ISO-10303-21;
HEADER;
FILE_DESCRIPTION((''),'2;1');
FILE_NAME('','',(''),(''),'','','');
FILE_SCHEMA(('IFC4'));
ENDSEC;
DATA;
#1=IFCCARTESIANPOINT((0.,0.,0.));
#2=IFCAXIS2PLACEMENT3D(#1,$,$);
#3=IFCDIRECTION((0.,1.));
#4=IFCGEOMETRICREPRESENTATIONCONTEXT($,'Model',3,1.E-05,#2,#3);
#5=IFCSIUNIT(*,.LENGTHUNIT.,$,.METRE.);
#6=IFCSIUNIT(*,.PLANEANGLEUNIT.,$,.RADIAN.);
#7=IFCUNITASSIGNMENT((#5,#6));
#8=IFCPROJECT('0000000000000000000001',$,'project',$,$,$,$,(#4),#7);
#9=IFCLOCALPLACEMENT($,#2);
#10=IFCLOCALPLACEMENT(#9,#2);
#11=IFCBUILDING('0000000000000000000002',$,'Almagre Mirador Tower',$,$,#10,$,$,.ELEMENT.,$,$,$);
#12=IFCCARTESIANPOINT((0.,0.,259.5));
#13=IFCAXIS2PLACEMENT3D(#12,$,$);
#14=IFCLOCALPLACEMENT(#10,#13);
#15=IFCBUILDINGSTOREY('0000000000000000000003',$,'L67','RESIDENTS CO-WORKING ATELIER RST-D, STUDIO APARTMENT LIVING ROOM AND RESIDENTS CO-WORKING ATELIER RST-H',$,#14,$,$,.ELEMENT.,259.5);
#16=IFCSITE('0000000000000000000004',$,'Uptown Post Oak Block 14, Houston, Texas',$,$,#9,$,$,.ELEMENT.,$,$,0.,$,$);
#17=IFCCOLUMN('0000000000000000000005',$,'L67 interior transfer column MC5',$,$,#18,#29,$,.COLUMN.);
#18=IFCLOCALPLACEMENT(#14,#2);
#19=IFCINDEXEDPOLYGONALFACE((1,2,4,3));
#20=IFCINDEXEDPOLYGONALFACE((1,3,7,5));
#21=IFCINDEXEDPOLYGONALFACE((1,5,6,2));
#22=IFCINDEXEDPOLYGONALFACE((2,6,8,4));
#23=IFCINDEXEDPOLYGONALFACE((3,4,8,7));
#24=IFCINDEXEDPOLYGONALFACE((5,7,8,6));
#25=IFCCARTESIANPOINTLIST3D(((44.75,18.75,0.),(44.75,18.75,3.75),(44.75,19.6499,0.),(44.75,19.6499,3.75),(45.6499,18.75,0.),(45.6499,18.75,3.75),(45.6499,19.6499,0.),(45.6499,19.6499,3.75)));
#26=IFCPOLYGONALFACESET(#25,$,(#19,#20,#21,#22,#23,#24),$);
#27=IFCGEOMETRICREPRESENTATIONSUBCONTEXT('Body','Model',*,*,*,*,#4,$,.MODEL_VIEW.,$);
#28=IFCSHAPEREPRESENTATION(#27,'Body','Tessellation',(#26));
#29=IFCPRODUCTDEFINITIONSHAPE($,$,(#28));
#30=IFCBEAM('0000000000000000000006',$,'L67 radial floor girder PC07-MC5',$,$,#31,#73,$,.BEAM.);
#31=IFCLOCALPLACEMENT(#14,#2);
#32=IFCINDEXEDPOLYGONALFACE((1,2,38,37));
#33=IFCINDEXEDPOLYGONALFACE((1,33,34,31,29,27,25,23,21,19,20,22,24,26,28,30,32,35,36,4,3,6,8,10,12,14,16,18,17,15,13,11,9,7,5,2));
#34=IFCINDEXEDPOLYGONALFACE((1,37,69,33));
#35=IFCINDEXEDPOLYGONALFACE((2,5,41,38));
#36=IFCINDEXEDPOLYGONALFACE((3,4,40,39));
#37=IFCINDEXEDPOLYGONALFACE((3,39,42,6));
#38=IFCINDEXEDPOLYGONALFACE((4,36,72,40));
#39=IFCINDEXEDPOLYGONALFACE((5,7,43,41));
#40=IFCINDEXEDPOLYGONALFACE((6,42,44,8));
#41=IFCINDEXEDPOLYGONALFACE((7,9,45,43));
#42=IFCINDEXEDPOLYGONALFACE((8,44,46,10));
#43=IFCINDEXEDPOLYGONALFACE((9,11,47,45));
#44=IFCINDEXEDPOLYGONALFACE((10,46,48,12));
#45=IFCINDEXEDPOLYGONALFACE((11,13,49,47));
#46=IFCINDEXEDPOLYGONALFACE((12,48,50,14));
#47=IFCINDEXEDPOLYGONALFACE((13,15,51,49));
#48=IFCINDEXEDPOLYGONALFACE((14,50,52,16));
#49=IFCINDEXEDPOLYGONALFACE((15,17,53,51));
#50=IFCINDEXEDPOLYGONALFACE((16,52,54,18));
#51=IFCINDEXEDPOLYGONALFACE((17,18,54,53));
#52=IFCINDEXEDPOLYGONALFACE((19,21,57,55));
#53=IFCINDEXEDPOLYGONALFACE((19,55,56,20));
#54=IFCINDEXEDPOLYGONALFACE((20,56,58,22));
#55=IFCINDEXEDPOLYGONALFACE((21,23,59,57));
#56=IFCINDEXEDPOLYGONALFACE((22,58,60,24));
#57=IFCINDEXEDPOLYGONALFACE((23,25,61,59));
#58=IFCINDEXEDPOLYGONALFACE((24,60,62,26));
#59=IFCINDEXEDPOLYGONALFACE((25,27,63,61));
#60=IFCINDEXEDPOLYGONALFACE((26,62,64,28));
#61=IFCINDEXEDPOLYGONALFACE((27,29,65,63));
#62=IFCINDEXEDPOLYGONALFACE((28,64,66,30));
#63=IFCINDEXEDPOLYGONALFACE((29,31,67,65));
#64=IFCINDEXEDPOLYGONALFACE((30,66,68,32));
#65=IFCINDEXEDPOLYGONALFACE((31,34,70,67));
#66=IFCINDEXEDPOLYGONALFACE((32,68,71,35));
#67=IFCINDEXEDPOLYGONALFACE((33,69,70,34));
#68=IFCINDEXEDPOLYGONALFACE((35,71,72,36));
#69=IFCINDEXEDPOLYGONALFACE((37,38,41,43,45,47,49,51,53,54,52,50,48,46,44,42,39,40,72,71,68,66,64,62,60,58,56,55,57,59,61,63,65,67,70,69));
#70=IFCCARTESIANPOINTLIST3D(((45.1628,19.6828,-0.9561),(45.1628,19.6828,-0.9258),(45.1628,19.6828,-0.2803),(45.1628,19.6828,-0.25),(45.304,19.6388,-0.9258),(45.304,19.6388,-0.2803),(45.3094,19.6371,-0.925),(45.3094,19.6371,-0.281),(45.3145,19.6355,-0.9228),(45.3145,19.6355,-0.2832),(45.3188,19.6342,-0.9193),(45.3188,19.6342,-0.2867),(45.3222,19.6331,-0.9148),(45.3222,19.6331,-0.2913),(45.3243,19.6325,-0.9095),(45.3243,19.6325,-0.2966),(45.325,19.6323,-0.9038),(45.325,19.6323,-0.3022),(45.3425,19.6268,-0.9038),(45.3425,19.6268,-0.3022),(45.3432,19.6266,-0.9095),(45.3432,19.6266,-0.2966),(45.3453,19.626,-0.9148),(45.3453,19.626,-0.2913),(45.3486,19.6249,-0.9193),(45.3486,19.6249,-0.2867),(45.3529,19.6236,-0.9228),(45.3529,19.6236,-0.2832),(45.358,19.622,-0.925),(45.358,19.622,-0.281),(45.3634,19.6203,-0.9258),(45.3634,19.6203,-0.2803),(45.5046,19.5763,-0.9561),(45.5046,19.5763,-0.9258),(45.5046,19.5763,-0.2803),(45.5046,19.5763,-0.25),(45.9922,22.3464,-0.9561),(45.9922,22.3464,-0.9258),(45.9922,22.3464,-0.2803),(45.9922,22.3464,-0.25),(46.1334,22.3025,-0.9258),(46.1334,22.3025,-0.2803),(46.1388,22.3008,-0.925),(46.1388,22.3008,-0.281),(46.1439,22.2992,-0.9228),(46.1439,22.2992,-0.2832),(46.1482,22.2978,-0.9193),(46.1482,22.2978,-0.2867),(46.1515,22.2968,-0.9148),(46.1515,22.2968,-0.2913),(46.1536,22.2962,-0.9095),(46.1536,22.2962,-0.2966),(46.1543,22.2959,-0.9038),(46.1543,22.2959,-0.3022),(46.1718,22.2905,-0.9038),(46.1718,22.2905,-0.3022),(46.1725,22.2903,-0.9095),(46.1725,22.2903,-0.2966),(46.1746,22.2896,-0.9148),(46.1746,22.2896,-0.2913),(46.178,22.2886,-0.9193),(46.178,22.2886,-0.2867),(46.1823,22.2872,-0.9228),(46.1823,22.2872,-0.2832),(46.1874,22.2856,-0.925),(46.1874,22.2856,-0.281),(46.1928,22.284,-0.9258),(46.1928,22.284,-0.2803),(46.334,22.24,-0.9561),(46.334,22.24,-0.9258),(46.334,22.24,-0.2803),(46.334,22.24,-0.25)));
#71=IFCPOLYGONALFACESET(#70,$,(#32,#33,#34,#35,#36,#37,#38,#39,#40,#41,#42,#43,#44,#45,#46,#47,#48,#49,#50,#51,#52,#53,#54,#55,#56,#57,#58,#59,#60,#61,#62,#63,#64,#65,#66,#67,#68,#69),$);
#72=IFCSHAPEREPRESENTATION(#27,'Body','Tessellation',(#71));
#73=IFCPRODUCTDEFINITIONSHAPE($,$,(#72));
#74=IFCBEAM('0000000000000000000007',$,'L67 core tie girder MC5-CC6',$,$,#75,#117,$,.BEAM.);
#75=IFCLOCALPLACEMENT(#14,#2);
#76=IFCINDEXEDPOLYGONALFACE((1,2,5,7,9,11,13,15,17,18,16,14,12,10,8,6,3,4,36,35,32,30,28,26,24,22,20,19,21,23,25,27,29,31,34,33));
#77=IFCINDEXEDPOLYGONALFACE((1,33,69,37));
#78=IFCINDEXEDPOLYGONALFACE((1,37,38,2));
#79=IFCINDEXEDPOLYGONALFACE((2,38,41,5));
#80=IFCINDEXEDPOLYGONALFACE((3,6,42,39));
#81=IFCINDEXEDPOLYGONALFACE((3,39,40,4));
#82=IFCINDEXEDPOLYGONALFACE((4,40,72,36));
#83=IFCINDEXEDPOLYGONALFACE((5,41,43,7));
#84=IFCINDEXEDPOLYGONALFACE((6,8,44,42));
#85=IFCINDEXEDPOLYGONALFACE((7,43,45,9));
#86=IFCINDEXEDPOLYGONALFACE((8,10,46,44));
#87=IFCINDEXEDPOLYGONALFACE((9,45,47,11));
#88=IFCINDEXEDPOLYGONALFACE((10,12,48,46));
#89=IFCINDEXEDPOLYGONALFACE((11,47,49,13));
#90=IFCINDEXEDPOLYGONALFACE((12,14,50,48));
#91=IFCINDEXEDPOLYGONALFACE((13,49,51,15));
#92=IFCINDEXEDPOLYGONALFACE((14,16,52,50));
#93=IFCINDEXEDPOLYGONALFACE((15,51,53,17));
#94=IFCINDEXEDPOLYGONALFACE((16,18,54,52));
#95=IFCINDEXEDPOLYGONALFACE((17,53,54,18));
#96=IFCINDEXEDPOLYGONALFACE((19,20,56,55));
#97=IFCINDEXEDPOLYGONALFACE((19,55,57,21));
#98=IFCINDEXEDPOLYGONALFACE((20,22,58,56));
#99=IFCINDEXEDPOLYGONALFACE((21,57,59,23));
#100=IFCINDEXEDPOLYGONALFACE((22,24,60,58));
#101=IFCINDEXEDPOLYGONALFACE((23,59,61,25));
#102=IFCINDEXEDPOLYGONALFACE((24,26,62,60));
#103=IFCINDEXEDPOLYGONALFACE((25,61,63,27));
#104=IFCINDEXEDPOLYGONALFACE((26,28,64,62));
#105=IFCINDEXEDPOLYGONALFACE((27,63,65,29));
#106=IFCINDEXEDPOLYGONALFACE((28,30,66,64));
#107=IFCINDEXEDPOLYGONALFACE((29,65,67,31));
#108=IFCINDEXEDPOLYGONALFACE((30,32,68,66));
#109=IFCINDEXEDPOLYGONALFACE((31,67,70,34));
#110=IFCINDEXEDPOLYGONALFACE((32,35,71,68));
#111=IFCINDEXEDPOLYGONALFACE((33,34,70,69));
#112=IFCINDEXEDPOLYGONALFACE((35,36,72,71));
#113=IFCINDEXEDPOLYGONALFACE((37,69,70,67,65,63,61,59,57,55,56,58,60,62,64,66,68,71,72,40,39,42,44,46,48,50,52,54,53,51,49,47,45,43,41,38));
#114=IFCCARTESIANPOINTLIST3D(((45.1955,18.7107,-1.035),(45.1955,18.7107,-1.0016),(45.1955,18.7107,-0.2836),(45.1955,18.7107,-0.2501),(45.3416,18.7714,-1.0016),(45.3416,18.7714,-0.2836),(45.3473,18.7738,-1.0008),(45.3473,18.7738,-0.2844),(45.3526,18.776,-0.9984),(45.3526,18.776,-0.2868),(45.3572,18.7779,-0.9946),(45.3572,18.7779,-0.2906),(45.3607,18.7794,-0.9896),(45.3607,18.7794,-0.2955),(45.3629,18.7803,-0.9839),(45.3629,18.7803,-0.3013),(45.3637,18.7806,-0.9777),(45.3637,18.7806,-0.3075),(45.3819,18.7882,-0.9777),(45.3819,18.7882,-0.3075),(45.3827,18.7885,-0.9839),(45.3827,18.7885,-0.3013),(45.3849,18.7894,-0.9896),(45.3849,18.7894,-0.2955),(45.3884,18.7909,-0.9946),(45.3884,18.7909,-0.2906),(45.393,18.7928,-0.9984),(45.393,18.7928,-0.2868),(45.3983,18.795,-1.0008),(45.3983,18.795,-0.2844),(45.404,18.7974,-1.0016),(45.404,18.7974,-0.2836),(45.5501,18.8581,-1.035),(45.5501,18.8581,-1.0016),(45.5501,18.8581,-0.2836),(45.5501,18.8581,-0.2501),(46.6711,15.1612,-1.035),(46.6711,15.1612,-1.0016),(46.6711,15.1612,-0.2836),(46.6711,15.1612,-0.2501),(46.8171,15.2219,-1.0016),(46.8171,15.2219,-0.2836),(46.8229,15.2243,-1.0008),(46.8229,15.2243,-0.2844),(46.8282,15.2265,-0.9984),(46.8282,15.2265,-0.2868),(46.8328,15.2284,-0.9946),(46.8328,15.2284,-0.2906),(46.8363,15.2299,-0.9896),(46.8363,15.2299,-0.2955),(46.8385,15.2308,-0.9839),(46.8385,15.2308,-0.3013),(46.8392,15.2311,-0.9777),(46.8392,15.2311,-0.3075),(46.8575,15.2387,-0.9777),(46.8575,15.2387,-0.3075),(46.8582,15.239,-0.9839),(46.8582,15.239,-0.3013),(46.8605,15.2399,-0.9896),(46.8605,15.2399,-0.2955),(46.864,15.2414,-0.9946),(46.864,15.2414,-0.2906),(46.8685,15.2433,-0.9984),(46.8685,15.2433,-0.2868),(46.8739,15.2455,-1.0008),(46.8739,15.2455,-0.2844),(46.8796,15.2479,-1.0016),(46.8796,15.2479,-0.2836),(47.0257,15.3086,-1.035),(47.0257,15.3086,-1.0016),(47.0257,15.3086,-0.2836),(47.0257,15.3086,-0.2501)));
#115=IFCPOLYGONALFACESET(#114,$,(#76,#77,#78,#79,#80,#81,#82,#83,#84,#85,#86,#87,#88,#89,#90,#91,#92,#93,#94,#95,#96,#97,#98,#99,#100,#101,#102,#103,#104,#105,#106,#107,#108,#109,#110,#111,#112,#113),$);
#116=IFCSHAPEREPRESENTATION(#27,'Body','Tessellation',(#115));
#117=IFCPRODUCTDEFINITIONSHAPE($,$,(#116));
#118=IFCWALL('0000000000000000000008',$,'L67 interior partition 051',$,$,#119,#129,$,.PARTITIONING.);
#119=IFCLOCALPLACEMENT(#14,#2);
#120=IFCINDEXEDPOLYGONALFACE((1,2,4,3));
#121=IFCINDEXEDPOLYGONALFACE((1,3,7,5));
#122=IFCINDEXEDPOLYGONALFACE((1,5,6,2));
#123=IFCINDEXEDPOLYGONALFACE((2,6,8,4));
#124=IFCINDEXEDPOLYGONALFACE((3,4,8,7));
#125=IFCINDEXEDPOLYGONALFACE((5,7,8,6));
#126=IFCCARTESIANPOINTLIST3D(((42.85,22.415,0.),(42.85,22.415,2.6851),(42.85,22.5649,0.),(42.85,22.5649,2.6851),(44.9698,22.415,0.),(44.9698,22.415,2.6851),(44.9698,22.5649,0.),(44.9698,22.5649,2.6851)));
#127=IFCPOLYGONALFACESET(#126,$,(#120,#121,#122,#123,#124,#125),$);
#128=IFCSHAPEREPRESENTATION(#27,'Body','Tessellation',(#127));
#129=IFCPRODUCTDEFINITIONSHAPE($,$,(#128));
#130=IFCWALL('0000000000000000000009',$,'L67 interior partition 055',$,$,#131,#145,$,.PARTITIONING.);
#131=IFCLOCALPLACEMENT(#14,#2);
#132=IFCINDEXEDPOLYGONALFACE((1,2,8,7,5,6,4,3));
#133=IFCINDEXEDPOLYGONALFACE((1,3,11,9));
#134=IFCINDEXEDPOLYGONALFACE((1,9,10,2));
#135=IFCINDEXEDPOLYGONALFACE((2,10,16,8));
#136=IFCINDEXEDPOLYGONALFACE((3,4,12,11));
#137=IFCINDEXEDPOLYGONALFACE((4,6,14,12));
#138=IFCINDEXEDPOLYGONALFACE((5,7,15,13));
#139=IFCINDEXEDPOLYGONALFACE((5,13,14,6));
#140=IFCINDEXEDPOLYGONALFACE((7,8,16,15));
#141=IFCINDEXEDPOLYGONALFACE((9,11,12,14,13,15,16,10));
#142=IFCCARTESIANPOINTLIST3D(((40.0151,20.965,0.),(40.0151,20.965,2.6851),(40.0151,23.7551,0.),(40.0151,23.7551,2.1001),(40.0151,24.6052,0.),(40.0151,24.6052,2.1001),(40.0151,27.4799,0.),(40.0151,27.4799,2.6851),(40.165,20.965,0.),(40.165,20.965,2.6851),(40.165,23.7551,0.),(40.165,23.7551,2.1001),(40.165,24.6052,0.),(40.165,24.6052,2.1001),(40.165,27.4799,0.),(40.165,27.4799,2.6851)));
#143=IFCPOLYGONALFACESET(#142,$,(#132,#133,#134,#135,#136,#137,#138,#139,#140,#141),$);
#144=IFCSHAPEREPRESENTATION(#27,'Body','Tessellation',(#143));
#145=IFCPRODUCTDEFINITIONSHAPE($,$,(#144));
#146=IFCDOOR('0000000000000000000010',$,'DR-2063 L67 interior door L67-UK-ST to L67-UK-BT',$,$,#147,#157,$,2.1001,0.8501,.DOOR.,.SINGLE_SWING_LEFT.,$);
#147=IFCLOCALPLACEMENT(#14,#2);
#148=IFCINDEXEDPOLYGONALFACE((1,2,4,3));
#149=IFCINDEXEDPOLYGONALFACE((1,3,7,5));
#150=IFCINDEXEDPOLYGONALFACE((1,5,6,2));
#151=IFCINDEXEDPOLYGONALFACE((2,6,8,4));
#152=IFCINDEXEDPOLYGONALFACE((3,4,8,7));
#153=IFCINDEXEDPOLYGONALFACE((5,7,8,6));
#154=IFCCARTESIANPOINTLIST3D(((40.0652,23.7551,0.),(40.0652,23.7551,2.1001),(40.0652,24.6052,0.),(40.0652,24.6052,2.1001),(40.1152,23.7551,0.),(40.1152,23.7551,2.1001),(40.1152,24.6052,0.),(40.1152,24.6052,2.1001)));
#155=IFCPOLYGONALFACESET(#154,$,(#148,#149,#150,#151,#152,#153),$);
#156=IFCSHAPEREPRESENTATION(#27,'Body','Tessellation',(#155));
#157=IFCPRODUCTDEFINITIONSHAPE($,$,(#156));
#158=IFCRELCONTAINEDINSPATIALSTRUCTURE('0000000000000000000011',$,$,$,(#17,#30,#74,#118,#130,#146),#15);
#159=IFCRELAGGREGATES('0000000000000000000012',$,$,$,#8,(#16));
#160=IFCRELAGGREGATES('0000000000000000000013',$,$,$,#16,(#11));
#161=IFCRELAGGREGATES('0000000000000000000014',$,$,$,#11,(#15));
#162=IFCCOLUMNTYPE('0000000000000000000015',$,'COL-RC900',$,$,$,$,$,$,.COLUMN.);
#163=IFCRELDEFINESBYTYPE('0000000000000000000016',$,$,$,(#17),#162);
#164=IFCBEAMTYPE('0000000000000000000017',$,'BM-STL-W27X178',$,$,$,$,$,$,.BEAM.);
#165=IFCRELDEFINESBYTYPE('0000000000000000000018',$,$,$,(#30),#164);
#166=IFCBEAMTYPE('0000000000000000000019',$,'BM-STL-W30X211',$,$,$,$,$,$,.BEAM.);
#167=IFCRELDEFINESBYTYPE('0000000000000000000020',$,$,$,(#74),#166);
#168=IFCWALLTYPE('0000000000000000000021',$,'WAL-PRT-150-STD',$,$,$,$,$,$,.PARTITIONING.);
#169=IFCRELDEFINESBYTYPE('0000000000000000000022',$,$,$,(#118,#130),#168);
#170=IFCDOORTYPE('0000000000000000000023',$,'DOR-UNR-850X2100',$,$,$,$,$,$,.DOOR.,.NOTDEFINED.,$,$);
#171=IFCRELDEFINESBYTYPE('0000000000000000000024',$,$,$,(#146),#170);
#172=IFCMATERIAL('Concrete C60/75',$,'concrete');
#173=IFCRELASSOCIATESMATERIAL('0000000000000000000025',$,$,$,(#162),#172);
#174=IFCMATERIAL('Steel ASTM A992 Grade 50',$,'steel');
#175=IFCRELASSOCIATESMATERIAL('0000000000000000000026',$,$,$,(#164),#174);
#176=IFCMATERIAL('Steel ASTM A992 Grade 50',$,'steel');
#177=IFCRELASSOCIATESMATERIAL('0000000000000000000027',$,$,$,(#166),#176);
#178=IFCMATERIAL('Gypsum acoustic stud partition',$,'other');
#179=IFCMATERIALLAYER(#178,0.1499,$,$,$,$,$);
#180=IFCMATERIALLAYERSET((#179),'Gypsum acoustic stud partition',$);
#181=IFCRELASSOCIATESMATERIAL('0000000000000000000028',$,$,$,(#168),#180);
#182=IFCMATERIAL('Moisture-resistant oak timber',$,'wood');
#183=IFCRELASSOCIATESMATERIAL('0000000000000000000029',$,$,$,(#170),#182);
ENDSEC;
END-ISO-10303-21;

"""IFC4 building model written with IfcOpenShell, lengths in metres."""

from ifc_helpers import new_model, si_unit, direction, frame, frame_2d, origin, origin_2d, place, context, subcontext, project, spatial, rectangle, i_section, extrude, material, layer, layer_set, material_profile, profile_set, type_object, element, fill, save


model = new_model("IFC4")

# Units and contexts
model_context = context("Model", 3, precision=1e-05, world=origin(), true_north=direction((0.0, 1.0)))
body_context = subcontext(model_context, "Body", "Model", "MODEL_VIEW")
ifc_project = project(units=[si_unit("LENGTHUNIT", "METRE"), si_unit("PLANEANGLEUNIT", "RADIAN")], contexts=[model_context])

# Site, building, storey
site_placement = place(None, origin())
site = spatial("IfcSite", under=ifc_project, at=site_placement, Name="Uptown Post Oak Block 14, Houston, Texas", CompositionType="ELEMENT", RefElevation=0.0)
building_placement = place(site_placement, origin())
building = spatial("IfcBuilding", under=site, at=building_placement, Name="Almagre Mirador Tower", CompositionType="ELEMENT")
storey_placement = place(building_placement, frame((0.0, 0.0, 259.5)))
storey = spatial("IfcBuildingStorey", under=building, at=storey_placement, Name="L67", Description="RESIDENTS CO-WORKING ATELIER RST-D, STUDIO APARTMENT LIVING ROOM AND RESIDENTS CO-WORKING ATELIER RST-H", CompositionType="ELEMENT", Elevation=259.5)

# Column
ifc_material_1 = material(Name="Concrete C60/75", Category="concrete")
ifc_material_profile_1 = material_profile(ifc_material_1, rectangle(XDim=0.8999, YDim=0.8999, at=origin_2d()), Name="RC900X900")
ifc_profile_set_1 = profile_set([ifc_material_profile_1], Name="Concrete C60/75")
column_type = type_object("IfcColumnType", Name="COL-RC900", PredefinedType="COLUMN", material=ifc_profile_set_1)
column_placement = place(storey_placement, frame((45.2, 19.2, 0.0), z_axis=(0.0, 0.0, 1.0), x_axis=(1.0, 0.0, 0.0)))
element("IfcColumn", 1, at=column_placement, inside=storey, type_object=column_type, Name="L67 interior transfer column MC5", PredefinedType="COLUMN", context=body_context, shape_type="SweptSolid", body=[
    extrude(rectangle(XDim=0.8999, YDim=0.8999, at=origin_2d()), origin(), (0.0, 0.0, 1.0), 3.75),
])

# Beams
ifc_material_2 = material(Name="Steel ASTM A992 Grade 50", Category="steel")
ifc_material_profile_2 = material_profile(ifc_material_2, i_section(OverallWidth=0.3579, OverallDepth=0.7061, WebThickness=0.0183, FlangeThickness=0.0303, FilletRadius=0.022, at=origin_2d()), Name="W27X178")
ifc_profile_set_2 = profile_set([ifc_material_profile_2], Name="Steel ASTM A992 Grade 50")
beam_type_1 = type_object("IfcBeamType", Name="BM-STL-W27X178", PredefinedType="BEAM", material=ifc_profile_set_2)
beam_1_placement = place(storey_placement, frame((46.1631, 22.2932, -0.603), z_axis=(-0.297288, -0.954788, 0.0), x_axis=(0.954788, -0.297288, 0.0)))
element("IfcBeam", 2, at=beam_1_placement, inside=storey, type_object=beam_type_1, Name="L67 radial floor girder PC07-MC5", PredefinedType="BEAM", context=body_context, shape_type="SweptSolid", body=[
    extrude(i_section(OverallWidth=0.3579, OverallDepth=0.7061, WebThickness=0.0183, FlangeThickness=0.0303, FilletRadius=0.022, at=origin_2d()), origin(), (0.0, 0.0, 1.0), 2.7898),
])
ifc_material_3 = material(Name="Steel ASTM A992 Grade 50", Category="steel")
ifc_material_profile_3 = material_profile(ifc_material_3, i_section(OverallWidth=0.384, OverallDepth=0.7849, WebThickness=0.0198, FlangeThickness=0.0334, FilletRadius=0.0239, at=origin_2d()), Name="W30X211")
ifc_profile_set_3 = profile_set([ifc_material_profile_3], Name="Steel ASTM A992 Grade 50")
beam_type_2 = type_object("IfcBeamType", Name="BM-STL-W30X211", PredefinedType="BEAM", material=ifc_profile_set_3)
beam_2_placement = place(storey_placement, frame((45.3728, 18.7844, -0.6426), z_axis=(0.383862, -0.92339, 0.0), x_axis=(0.92339, 0.383862, 0.0)))
element("IfcBeam", 3, at=beam_2_placement, inside=storey, type_object=beam_type_2, Name="L67 core tie girder MC5-CC6", PredefinedType="BEAM", context=body_context, shape_type="SweptSolid", body=[
    extrude(i_section(OverallWidth=0.384, OverallDepth=0.7849, WebThickness=0.0198, FlangeThickness=0.0334, FilletRadius=0.0239, at=origin_2d()), origin(), (0.0, 0.0, 1.0), 3.844),
])

# Wall
ifc_material_4 = material(Name="Gypsum acoustic stud partition", Category="other")
ifc_layer_1 = layer(ifc_material_4, 0.1499)
ifc_layer_set_1 = layer_set([ifc_layer_1], Name="Gypsum acoustic stud partition")
wall_type_1 = type_object("IfcWallType", Name="WAL-PRT-150-STD", PredefinedType="PARTITIONING", material=ifc_layer_set_1)
wall_1_placement = place(storey_placement, frame((44.97, 22.49, 0.0), z_axis=(0.0, 0.0, 1.0), x_axis=(-1.0, 0.0, 0.0)))
element("IfcWall", 4, at=wall_1_placement, inside=storey, type_object=wall_type_1, Name="L67 interior partition 051", PredefinedType="PARTITIONING", context=body_context, shape_type="SweptSolid", body=[
    extrude(rectangle(XDim=2.1199, YDim=0.1499, at=frame_2d((1.0601, 0.0))), origin(), (0.0, 0.0, 1.0), 2.6851),
])

# Wall, opening, door
wall_2_placement = place(storey_placement, frame((40.0901, 20.9651, 0.0), z_axis=(0.0, 0.0, 1.0), x_axis=(0.0, 1.0, 0.0)))
wall_2 = element("IfcWall", 5, at=wall_2_placement, inside=storey, type_object=wall_type_1, Name="L67 interior partition 055", PredefinedType="PARTITIONING", context=body_context, shape_type="SweptSolid", body=[
    extrude(rectangle(XDim=6.5149, YDim=0.1499, at=frame_2d((3.2573, 0.0))), origin(), (0.0, 0.0, 1.0), 2.6851),
])
opening_1_placement = place(wall_2_placement, frame((2.79, 0.0, 0.0)))
opening_1 = element("IfcOpeningElement", 6, at=opening_1_placement, cuts=wall_2, PredefinedType="OPENING", context=body_context, shape_type="SweptSolid", body=[
    extrude(rectangle(XDim=0.8501, YDim=2.1001, at=frame_2d((0.425, 1.05))), frame((0.0, 0.085, 0.0), z_axis=(0.0, -1.0, 0.0), x_axis=(1.0, 0.0, 0.0)), (0.0, 0.0, 1.0), 0.1699),
])
ifc_material_5 = material(Name="Moisture-resistant oak timber", Category="wood")
door_type_1 = type_object("IfcDoorType", Name="DOR-UNR-850X2100", OperationType="NOTDEFINED", PredefinedType="DOOR", material=ifc_material_5)
door_1_placement = place(opening_1_placement, origin())
door_1 = element("IfcDoor", 7, at=door_1_placement, inside=storey, type_object=door_type_1, Name="DR-2063 L67 interior door L67-UK-ST to L67-UK-BT", OperationType="SINGLE_SWING_LEFT", OverallHeight=2.1001, OverallWidth=0.8501, PredefinedType="DOOR", context=body_context, shape_type="SweptSolid", body=[
    extrude(rectangle(XDim=0.8501, YDim=2.1001, at=frame_2d((0.425, 1.05))), frame((0.0, 0.0249, 0.0), z_axis=(0.0, -1.0, 0.0), x_axis=(1.0, 0.0, 0.0)), (0.0, 0.0, 1.0), 0.05),
])
fill(opening_1, door_1)

save(model, "model.ifc")
